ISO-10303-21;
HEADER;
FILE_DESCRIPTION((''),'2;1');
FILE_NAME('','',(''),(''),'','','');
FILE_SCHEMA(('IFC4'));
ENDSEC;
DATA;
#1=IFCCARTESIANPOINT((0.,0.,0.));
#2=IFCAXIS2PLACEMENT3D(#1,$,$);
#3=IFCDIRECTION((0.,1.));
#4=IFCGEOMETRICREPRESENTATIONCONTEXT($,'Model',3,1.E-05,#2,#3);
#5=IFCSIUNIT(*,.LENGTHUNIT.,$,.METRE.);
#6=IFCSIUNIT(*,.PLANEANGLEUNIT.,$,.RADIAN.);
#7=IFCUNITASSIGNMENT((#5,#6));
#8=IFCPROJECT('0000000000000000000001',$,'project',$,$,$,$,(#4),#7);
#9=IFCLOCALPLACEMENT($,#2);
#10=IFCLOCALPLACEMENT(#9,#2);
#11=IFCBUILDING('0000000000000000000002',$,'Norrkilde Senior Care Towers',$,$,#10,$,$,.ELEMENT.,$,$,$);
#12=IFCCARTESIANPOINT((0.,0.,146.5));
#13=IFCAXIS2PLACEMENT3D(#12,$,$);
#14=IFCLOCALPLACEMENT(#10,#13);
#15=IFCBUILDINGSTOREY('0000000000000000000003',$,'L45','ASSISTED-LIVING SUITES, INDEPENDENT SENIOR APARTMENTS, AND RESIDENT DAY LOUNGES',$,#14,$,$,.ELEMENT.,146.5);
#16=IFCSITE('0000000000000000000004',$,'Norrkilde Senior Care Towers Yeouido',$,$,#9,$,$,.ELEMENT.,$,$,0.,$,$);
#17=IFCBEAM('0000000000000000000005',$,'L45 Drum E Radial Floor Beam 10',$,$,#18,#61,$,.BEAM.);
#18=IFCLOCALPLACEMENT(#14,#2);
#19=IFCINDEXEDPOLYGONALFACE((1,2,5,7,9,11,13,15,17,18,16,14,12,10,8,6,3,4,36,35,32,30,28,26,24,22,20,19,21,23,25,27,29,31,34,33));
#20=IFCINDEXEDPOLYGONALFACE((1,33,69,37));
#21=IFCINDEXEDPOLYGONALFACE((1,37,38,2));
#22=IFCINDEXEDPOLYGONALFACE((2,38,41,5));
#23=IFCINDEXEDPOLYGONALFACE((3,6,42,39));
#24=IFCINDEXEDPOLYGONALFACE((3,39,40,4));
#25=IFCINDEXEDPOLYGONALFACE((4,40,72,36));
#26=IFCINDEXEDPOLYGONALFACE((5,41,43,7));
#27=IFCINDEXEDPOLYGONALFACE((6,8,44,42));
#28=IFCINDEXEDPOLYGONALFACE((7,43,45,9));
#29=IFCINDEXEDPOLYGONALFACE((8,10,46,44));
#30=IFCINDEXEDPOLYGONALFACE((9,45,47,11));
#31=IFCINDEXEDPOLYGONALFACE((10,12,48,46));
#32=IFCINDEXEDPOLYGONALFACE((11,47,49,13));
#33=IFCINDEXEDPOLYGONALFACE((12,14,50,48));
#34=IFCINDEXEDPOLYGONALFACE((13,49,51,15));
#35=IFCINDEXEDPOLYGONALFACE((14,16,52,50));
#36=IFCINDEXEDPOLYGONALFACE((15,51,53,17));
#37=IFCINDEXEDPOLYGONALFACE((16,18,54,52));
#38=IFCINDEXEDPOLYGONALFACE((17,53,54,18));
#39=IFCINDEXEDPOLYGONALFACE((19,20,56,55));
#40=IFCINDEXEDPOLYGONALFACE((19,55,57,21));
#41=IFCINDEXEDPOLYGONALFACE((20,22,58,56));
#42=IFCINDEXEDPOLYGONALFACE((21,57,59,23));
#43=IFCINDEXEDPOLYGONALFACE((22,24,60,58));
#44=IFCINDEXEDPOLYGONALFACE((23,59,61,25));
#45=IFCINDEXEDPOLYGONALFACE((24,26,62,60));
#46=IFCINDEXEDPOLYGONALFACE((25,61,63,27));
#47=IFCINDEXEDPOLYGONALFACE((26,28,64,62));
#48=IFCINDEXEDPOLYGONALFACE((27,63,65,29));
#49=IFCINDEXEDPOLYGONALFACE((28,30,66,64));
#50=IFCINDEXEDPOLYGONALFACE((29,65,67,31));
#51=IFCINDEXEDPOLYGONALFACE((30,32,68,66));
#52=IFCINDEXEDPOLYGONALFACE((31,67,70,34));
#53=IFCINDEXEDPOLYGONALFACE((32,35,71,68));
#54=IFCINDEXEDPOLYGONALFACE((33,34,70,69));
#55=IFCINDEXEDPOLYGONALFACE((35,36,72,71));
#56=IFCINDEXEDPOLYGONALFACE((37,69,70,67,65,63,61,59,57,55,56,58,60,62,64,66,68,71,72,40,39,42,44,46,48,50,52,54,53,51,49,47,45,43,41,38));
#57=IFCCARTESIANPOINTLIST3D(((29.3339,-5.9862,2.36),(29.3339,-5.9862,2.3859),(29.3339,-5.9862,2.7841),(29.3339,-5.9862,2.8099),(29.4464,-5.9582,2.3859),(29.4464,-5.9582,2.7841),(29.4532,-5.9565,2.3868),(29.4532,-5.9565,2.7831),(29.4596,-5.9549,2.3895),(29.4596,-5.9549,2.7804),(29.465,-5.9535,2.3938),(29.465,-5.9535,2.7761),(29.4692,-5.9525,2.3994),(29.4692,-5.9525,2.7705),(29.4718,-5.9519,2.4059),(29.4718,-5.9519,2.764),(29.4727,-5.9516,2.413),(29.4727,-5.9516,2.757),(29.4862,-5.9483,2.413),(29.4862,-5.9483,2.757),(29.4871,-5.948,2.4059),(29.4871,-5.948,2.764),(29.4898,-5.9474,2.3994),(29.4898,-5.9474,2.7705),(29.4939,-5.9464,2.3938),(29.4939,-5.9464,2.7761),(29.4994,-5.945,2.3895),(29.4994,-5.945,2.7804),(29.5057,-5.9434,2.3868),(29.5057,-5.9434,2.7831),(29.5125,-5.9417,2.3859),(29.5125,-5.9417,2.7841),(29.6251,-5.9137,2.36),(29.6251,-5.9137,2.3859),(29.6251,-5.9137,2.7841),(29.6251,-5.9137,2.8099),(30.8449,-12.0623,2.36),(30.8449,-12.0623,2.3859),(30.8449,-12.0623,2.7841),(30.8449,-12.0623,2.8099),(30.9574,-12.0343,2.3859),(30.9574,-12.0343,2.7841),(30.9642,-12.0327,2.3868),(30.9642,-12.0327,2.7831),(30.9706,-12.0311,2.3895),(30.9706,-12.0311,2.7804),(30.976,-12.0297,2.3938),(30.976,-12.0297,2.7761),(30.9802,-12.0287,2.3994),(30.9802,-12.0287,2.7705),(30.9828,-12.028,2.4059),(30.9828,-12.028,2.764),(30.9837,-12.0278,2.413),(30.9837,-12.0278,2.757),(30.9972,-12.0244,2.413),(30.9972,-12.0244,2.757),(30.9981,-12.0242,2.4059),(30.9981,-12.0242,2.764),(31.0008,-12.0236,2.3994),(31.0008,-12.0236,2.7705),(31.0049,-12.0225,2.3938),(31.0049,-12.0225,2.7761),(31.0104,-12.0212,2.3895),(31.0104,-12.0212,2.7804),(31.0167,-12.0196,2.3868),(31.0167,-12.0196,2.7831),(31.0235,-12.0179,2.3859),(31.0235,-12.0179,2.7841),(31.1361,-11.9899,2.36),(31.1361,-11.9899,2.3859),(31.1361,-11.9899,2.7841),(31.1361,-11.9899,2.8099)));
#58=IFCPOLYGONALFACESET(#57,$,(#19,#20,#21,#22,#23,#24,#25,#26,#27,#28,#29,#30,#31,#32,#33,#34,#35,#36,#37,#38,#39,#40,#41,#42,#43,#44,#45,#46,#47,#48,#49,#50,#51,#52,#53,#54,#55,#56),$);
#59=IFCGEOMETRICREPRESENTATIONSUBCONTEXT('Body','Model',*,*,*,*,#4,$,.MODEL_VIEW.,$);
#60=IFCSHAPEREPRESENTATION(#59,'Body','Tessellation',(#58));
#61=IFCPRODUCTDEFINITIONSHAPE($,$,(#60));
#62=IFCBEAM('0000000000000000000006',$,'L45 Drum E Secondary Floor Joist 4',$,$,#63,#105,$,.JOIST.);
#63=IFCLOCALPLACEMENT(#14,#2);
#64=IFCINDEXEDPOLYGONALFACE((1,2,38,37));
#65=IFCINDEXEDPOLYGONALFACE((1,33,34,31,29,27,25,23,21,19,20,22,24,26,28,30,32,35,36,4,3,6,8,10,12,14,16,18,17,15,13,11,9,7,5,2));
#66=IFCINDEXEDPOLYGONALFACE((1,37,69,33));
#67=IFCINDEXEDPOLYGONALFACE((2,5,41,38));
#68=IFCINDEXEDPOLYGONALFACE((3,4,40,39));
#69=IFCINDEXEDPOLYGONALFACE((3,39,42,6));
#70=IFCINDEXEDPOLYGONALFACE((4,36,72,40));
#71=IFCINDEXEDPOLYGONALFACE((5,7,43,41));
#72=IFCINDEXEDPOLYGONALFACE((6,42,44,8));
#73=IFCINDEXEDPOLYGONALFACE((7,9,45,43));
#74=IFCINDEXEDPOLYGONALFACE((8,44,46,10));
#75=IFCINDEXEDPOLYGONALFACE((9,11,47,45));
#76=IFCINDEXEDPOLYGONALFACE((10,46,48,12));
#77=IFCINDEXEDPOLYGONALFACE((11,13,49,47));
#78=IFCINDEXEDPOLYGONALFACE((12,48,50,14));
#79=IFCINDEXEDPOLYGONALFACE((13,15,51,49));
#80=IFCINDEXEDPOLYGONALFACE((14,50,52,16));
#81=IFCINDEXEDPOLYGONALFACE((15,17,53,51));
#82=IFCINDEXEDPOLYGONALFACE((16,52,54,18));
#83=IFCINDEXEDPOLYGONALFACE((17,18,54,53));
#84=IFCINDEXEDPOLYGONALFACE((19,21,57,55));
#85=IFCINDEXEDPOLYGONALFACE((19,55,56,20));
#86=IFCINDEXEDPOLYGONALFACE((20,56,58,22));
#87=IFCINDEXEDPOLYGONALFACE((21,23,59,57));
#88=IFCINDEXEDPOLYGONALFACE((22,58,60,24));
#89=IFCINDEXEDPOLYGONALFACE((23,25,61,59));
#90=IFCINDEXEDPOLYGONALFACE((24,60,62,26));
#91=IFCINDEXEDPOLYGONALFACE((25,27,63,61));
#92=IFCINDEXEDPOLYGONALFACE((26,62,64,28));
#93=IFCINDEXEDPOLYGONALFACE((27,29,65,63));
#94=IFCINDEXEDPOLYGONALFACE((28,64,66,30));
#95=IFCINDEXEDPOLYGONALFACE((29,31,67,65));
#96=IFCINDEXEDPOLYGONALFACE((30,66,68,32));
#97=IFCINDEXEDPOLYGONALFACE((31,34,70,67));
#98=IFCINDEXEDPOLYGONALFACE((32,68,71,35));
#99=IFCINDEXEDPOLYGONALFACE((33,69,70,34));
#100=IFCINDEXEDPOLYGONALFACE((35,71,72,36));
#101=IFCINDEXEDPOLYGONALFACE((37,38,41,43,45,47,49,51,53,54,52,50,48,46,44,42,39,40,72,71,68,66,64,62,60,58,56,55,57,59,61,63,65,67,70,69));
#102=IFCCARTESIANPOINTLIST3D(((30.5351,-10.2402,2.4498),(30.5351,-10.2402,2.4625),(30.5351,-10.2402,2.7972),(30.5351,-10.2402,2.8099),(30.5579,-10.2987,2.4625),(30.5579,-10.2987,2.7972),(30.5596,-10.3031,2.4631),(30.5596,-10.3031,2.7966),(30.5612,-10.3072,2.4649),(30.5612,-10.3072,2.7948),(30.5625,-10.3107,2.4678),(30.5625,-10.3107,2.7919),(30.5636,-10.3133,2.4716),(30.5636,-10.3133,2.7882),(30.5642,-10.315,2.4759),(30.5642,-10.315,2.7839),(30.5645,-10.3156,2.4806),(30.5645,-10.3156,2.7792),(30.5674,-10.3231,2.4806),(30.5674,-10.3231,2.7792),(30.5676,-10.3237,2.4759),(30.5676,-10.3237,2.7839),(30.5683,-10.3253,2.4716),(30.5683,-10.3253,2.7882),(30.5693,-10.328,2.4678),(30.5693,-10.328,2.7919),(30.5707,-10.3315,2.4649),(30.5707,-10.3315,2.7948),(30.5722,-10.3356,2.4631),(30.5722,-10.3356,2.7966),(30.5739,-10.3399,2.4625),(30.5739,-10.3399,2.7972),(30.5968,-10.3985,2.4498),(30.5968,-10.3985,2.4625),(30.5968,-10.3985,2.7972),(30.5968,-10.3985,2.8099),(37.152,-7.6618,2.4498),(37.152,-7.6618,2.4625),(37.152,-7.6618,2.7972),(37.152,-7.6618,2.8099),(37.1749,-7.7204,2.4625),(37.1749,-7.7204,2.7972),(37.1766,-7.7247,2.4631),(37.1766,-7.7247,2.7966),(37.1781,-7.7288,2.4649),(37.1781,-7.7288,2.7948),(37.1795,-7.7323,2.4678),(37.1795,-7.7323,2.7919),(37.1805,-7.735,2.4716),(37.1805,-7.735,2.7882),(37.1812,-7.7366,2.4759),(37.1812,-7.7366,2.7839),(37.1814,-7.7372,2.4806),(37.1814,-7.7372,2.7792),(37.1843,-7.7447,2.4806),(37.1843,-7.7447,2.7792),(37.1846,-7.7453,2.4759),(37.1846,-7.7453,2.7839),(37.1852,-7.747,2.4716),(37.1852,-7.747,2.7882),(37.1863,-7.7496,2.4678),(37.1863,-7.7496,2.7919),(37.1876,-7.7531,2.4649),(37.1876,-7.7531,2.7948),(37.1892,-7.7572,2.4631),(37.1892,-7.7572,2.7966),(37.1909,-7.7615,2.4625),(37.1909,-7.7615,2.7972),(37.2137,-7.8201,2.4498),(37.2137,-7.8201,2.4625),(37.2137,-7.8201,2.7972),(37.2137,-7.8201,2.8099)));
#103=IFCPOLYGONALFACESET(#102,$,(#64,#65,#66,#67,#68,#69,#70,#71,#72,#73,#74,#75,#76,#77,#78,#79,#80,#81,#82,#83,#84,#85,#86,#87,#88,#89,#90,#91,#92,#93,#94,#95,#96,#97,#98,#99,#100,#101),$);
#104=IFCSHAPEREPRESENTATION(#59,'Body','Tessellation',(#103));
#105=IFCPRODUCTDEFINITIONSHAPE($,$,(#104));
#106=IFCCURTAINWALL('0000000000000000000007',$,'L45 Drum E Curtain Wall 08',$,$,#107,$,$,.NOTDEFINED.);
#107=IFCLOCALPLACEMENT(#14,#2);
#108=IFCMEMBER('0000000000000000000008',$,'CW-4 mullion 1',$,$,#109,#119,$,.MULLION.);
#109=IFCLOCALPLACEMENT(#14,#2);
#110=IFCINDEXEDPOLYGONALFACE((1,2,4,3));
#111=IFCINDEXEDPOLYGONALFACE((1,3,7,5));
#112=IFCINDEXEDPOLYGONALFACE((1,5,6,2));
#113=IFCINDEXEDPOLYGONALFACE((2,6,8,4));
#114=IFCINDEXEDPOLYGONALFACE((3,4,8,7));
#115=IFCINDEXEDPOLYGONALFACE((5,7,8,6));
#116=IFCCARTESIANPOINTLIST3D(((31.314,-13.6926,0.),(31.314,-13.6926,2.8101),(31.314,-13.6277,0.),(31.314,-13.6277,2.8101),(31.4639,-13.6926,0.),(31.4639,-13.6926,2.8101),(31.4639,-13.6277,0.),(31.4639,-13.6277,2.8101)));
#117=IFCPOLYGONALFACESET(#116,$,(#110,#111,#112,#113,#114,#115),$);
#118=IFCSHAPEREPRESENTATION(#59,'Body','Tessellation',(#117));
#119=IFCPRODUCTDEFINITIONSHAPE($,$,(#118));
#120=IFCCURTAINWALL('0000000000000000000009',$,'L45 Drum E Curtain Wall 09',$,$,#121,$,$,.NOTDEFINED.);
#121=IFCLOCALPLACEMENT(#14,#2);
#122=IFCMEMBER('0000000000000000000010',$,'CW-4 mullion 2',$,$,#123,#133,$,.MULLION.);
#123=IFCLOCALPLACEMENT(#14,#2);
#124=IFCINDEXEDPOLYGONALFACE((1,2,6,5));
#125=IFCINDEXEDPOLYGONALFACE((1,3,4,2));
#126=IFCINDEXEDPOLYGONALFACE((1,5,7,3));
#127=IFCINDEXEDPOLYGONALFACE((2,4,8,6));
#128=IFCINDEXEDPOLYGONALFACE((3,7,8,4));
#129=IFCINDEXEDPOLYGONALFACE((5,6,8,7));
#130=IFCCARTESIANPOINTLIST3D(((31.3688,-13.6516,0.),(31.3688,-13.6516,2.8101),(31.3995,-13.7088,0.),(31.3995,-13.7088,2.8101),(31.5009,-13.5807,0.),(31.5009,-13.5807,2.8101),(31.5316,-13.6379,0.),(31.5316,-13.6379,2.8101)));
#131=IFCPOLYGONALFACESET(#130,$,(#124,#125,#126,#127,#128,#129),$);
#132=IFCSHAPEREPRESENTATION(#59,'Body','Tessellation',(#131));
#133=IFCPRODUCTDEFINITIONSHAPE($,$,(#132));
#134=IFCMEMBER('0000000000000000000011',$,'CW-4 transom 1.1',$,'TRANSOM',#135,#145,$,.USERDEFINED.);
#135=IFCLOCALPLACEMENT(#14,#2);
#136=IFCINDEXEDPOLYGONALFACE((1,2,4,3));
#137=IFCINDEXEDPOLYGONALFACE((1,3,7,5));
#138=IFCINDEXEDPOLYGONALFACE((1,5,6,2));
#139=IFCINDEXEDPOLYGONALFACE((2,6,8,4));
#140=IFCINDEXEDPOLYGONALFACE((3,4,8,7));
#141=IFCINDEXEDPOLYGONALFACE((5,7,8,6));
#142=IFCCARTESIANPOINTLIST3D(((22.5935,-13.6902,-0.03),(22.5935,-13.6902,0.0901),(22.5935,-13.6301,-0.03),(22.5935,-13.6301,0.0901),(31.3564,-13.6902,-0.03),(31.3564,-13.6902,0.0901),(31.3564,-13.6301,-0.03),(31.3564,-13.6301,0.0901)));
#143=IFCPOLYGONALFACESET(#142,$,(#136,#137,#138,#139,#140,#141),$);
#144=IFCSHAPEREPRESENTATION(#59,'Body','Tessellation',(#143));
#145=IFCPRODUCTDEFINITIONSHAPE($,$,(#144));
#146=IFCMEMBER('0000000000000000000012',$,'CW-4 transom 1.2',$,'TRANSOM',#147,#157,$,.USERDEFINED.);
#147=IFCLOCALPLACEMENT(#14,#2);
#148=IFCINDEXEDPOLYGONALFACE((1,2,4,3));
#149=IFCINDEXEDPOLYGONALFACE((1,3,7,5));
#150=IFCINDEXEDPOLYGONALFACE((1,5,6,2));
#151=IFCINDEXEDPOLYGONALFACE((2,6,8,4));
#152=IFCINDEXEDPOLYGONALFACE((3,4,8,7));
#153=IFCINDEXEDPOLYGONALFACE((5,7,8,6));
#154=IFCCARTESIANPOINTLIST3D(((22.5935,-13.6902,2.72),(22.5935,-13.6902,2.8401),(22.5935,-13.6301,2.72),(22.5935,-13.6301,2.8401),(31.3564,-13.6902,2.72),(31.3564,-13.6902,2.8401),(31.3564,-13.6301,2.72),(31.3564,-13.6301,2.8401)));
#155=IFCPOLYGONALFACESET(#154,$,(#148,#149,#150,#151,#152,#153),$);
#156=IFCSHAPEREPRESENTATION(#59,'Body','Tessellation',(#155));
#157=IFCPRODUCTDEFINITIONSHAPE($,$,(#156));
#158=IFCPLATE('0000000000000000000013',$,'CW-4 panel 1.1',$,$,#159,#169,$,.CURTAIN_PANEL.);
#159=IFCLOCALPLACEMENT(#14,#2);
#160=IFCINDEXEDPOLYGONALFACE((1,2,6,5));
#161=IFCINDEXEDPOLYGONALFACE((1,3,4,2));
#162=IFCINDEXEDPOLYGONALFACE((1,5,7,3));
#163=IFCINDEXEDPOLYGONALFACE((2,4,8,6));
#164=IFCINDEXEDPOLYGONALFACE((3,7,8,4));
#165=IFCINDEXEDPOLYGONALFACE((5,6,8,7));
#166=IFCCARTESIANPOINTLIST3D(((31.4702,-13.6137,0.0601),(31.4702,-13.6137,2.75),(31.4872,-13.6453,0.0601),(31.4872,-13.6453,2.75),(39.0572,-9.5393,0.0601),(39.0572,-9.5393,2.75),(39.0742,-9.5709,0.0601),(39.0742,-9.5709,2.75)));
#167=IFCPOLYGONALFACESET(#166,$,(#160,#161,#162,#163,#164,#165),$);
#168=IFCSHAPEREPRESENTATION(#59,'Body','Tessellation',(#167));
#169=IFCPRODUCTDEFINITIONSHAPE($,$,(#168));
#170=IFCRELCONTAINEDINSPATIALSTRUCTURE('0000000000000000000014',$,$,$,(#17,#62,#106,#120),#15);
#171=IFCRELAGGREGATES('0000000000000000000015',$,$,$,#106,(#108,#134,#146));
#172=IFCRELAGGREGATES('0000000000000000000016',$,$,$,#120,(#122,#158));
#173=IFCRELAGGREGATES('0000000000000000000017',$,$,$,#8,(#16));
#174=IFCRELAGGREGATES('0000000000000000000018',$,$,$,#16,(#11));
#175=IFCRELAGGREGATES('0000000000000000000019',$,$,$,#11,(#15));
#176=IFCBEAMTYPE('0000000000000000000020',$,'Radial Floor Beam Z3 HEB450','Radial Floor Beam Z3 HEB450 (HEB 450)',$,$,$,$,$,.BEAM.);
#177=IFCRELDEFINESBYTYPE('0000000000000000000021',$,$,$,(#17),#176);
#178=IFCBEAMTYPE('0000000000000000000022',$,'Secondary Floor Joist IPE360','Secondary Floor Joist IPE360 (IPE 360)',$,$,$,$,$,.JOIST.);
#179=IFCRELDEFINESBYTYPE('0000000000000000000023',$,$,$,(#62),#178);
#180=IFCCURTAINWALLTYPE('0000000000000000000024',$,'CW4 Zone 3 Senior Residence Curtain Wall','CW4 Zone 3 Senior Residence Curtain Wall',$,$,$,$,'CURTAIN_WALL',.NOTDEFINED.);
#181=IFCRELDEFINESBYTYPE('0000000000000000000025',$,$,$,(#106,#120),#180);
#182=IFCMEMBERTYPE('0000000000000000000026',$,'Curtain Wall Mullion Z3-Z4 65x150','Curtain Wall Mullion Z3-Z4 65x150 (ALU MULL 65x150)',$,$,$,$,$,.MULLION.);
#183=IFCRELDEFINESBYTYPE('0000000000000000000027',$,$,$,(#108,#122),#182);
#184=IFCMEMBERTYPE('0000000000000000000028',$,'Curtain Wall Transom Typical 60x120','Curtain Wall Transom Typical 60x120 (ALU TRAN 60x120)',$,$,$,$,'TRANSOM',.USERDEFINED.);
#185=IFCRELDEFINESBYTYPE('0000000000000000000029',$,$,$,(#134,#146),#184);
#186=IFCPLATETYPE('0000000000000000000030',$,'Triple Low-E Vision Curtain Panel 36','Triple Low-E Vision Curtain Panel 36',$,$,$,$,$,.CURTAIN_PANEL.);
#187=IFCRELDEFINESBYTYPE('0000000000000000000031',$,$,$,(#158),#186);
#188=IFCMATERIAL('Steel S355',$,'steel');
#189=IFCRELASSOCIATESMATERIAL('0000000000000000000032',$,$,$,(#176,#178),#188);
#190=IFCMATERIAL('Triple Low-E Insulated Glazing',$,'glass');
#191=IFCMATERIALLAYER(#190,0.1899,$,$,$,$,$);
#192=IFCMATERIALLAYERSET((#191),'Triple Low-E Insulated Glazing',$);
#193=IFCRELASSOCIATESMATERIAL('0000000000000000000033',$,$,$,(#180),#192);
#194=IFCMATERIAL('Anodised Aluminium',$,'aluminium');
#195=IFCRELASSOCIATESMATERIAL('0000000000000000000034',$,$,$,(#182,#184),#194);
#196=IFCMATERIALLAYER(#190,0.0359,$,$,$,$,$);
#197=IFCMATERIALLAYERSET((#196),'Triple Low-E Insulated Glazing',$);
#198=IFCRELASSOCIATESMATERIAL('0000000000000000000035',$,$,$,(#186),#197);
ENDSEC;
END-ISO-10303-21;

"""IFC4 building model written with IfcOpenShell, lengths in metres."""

from ifc_helpers import new_model, si_unit, direction, frame, origin, origin_2d, place, context, subcontext, project, spatial, rectangle, i_section, extrude, source, transform, mapped, material, layer, layer_set, material_profile, profile_set, type_object, type_shapes, element, aggregate, save


model = new_model("IFC4")

# Units and contexts
model_context = context("Model", 3, precision=1e-05, world=origin(), true_north=direction((0.0, 1.0)))
body_context = subcontext(model_context, "Body", "Model", "MODEL_VIEW")
ifc_project = project(units=[si_unit("LENGTHUNIT", "METRE"), si_unit("PLANEANGLEUNIT", "RADIAN")], contexts=[model_context])

# Site, building, storey
site_placement = place(None, origin())
site = spatial("IfcSite", under=ifc_project, at=site_placement, Name="Norrkilde Senior Care Towers Yeouido", CompositionType="ELEMENT", RefElevation=0.0)
building_placement = place(site_placement, origin())
building = spatial("IfcBuilding", under=site, at=building_placement, Name="Norrkilde Senior Care Towers", CompositionType="ELEMENT")
storey_placement = place(building_placement, frame((0.0, 0.0, 146.5)))
storey = spatial("IfcBuildingStorey", under=building, at=storey_placement, Name="L45", Description="ASSISTED-LIVING SUITES, INDEPENDENT SENIOR APARTMENTS, AND RESIDENT DAY LOUNGES", CompositionType="ELEMENT", Elevation=146.5)

# Beams
ifc_material_1 = material(Name="Steel S355", Category="steel")
ifc_material_profile_1 = material_profile(ifc_material_1, i_section(OverallWidth=0.3, OverallDepth=0.45, WebThickness=0.0139, FlangeThickness=0.0259, FilletRadius=0.0271, at=origin_2d()), Name="HEB 450")
ifc_profile_set_1 = profile_set([ifc_material_profile_1], Name="Steel S355")
beam_type_1 = type_object("IfcBeamType", Name="Radial Floor Beam Z3 HEB450", Description="Radial Floor Beam Z3 HEB450 (HEB 450)", PredefinedType="BEAM", material=ifc_profile_set_1)
shared_shape_1 = source(origin(), body_context, "Body", "SweptSolid", [
    extrude(i_section(OverallWidth=0.3, OverallDepth=0.45, WebThickness=0.0139, FlangeThickness=0.0259, FilletRadius=0.0271, at=origin_2d()), origin(), (0.0, 0.0, 1.0), 6.2612),
])
beam_1_placement = place(storey_placement, frame((29.4795, -5.95, 2.585), z_axis=(0.241324, -0.970445, 0.0), x_axis=(0.970445, 0.241324, 0.0)))
element("IfcBeam", 1, at=beam_1_placement, inside=storey, type_object=beam_type_1, Name="L45 Drum E Radial Floor Beam 10", PredefinedType="BEAM", context=body_context, shape_type="MappedRepresentation", body=[
    mapped(shared_shape_1, transform((0.0, 0.0, 0.0), x_axis=(1.0, 0.0, 0.0), y_axis=(0.0, 1.0, 0.0), z_axis=(0.0, 0.0, 1.0), scale=1.0)),
])
ifc_material_profile_2 = material_profile(ifc_material_1, i_section(OverallWidth=0.1699, OverallDepth=0.3601, WebThickness=0.0081, FlangeThickness=0.0127, FilletRadius=0.0181, at=origin_2d()), Name="IPE 360")
ifc_profile_set_2 = profile_set([ifc_material_profile_2], Name="Steel S355")
beam_type_2 = type_object("IfcBeamType", Name="Secondary Floor Joist IPE360", Description="Secondary Floor Joist IPE360 (IPE 360)", PredefinedType="JOIST", material=ifc_profile_set_2)
shared_shape_2 = source(origin(), body_context, "Body", "SweptSolid", [
    extrude(i_section(OverallWidth=0.1699, OverallDepth=0.3601, WebThickness=0.0081, FlangeThickness=0.0127, FilletRadius=0.0181, at=origin_2d()), origin(), (0.0, 0.0, 1.0), 7.1016),
])
type_shapes(beam_type_2, [shared_shape_2])
beam_2_placement = place(storey_placement, frame((30.5659, -10.3193, 2.6299), z_axis=(0.931761, 0.363072, 0.0), x_axis=(-0.363072, 0.931761, 0.0)))
element("IfcBeam", 2, at=beam_2_placement, inside=storey, type_object=beam_type_2, Name="L45 Drum E Secondary Floor Joist 4", PredefinedType="JOIST", context=body_context, shape_type="MappedRepresentation", body=[
    mapped(shared_shape_2, transform((0.0, 0.0, 0.0), x_axis=(1.0, 0.0, 0.0), y_axis=(0.0, 1.0, 0.0), z_axis=(0.0, 0.0, 1.0), scale=1.0)),
])

# Curtain walls, members
ifc_material_2 = material(Name="Triple Low-E Insulated Glazing", Category="glass")
ifc_layer_1 = layer(ifc_material_2, 0.1899)
ifc_layer_set_1 = layer_set([ifc_layer_1], Name="Triple Low-E Insulated Glazing")
curtain_wall_type = type_object("IfcCurtainWallType", Name="CW4 Zone 3 Senior Residence Curtain Wall", Description="CW4 Zone 3 Senior Residence Curtain Wall", ElementType="CURTAIN_WALL", PredefinedType="NOTDEFINED", material=ifc_layer_set_1)
curtain_wall_1_placement = place(storey_placement, origin())
curtain_wall_1 = element("IfcCurtainWall", 3, at=curtain_wall_1_placement, inside=storey, type_object=curtain_wall_type, Name="L45 Drum E Curtain Wall 08", PredefinedType="NOTDEFINED")
ifc_material_3 = material(Name="Anodised Aluminium", Category="aluminium")
ifc_material_profile_3 = material_profile(ifc_material_3, rectangle(XDim=0.0649, YDim=0.1499, at=origin_2d()), Name="ALU MULL 65x150")
ifc_profile_set_3 = profile_set([ifc_material_profile_3], Name="Anodised Aluminium")
member_type_1 = type_object("IfcMemberType", Name="Curtain Wall Mullion Z3-Z4 65x150", Description="Curtain Wall Mullion Z3-Z4 65x150 (ALU MULL 65x150)", PredefinedType="MULLION", material=ifc_profile_set_3)
shared_shape_3 = source(origin(), body_context, "Body", "SweptSolid", [
    extrude(rectangle(XDim=0.0649, YDim=0.1499, at=origin_2d()), origin(), (0.0, 0.0, 1.0), 2.8101),
])
type_shapes(member_type_1, [shared_shape_3])
member_1_placement = place(storey_placement, frame((31.3889, -13.6602, 0.0), z_axis=(0.0, 0.0, 1.0), x_axis=(0.0, -1.0, 0.0)))
member_1 = element("IfcMember", 4, at=member_1_placement, type_object=member_type_1, Name="CW-4 mullion 1", PredefinedType="MULLION", context=body_context, shape_type="MappedRepresentation", body=[
    mapped(shared_shape_3, transform((0.0, 0.0, 0.0), x_axis=(1.0, 0.0, 0.0), y_axis=(0.0, 1.0, 0.0), z_axis=(0.0, 0.0, 1.0), scale=1.0)),
])
curtain_wall_2_placement = place(storey_placement, origin())
curtain_wall_2 = element("IfcCurtainWall", 5, at=curtain_wall_2_placement, inside=storey, type_object=curtain_wall_type, Name="L45 Drum E Curtain Wall 09", PredefinedType="NOTDEFINED")
member_2_placement = place(storey_placement, frame((31.4502, -13.6448, 0.0), z_axis=(0.0, 0.0, 1.0), x_axis=(0.473117, -0.881, 0.0)))
member_2 = element("IfcMember", 6, at=member_2_placement, type_object=member_type_1, Name="CW-4 mullion 2", PredefinedType="MULLION", context=body_context, shape_type="MappedRepresentation", body=[
    mapped(shared_shape_3, transform((0.0, 0.0, 0.0), x_axis=(1.0, 0.0, 0.0), y_axis=(0.0, 1.0, 0.0), z_axis=(0.0, 0.0, 1.0), scale=1.0)),
])

# Members
ifc_material_profile_4 = material_profile(ifc_material_3, rectangle(XDim=0.0601, YDim=0.1201, at=origin_2d()), Name="ALU TRAN 60x120")
ifc_profile_set_4 = profile_set([ifc_material_profile_4], Name="Anodised Aluminium")
member_type_2 = type_object("IfcMemberType", Name="Curtain Wall Transom Typical 60x120", Description="Curtain Wall Transom Typical 60x120 (ALU TRAN 60x120)", ElementType="TRANSOM", PredefinedType="USERDEFINED", material=ifc_profile_set_4)
shared_shape_4 = source(origin(), body_context, "Body", "SweptSolid", [
    extrude(rectangle(XDim=0.0601, YDim=0.1201, at=origin_2d()), origin(), (0.0, 0.0, 1.0), 8.7629),
])
type_shapes(member_type_2, [shared_shape_4])
member_3_placement = place(storey_placement, frame((31.3564, -13.6602, 0.03), z_axis=(-1.0, 0.0, 0.0), x_axis=(0.0, -1.0, 0.0)))
member_3 = element("IfcMember", 7, at=member_3_placement, type_object=member_type_2, Name="CW-4 transom 1.1", ObjectType="TRANSOM", PredefinedType="USERDEFINED", context=body_context, shape_type="MappedRepresentation", body=[
    mapped(shared_shape_4, transform((0.0, 0.0, 0.0), x_axis=(1.0, 0.0, 0.0), y_axis=(0.0, 1.0, 0.0), z_axis=(0.0, 0.0, 1.0), scale=1.0)),
])
member_4_placement = place(storey_placement, frame((31.3564, -13.6602, 2.78), z_axis=(-1.0, 0.0, 0.0), x_axis=(0.0, -1.0, 0.0)))
member_4 = element("IfcMember", 8, at=member_4_placement, type_object=member_type_2, Name="CW-4 transom 1.2", ObjectType="TRANSOM", PredefinedType="USERDEFINED", context=body_context, shape_type="MappedRepresentation", body=[
    mapped(shared_shape_4, transform((0.0, 0.0, 0.0), x_axis=(1.0, 0.0, 0.0), y_axis=(0.0, 1.0, 0.0), z_axis=(0.0, 0.0, 1.0), scale=1.0)),
])
aggregate(curtain_wall_1, [member_1, member_3, member_4])

# Plate
ifc_layer_2 = layer(ifc_material_2, 0.0359)
ifc_layer_set_2 = layer_set([ifc_layer_2], Name="Triple Low-E Insulated Glazing")
plate_type = type_object("IfcPlateType", Name="Triple Low-E Vision Curtain Panel 36", Description="Triple Low-E Vision Curtain Panel 36", PredefinedType="CURTAIN_PANEL", material=ifc_layer_set_2)
shared_shape_5 = source(origin(), body_context, "Body", "SweptSolid", [
    extrude(rectangle(XDim=8.6118, YDim=0.0359, at=origin_2d()), origin(), (0.0, 0.0, 1.0), 2.6899),
])
type_shapes(plate_type, [shared_shape_5])
plate_placement = place(storey_placement, frame((35.2722, -11.5923, 0.0601), z_axis=(0.0, 0.0, 1.0), x_axis=(-0.881, -0.473117, 0.0)))
plate = element("IfcPlate", 9, at=plate_placement, type_object=plate_type, Name="CW-4 panel 1.1", PredefinedType="CURTAIN_PANEL", context=body_context, shape_type="MappedRepresentation", body=[
    mapped(shared_shape_5, transform((0.0, 0.0, 0.0), x_axis=(1.0, 0.0, 0.0), y_axis=(0.0, 1.0, 0.0), z_axis=(0.0, 0.0, 1.0), scale=1.0)),
])
aggregate(curtain_wall_2, [member_2, plate])

save(model, "model.ifc")
